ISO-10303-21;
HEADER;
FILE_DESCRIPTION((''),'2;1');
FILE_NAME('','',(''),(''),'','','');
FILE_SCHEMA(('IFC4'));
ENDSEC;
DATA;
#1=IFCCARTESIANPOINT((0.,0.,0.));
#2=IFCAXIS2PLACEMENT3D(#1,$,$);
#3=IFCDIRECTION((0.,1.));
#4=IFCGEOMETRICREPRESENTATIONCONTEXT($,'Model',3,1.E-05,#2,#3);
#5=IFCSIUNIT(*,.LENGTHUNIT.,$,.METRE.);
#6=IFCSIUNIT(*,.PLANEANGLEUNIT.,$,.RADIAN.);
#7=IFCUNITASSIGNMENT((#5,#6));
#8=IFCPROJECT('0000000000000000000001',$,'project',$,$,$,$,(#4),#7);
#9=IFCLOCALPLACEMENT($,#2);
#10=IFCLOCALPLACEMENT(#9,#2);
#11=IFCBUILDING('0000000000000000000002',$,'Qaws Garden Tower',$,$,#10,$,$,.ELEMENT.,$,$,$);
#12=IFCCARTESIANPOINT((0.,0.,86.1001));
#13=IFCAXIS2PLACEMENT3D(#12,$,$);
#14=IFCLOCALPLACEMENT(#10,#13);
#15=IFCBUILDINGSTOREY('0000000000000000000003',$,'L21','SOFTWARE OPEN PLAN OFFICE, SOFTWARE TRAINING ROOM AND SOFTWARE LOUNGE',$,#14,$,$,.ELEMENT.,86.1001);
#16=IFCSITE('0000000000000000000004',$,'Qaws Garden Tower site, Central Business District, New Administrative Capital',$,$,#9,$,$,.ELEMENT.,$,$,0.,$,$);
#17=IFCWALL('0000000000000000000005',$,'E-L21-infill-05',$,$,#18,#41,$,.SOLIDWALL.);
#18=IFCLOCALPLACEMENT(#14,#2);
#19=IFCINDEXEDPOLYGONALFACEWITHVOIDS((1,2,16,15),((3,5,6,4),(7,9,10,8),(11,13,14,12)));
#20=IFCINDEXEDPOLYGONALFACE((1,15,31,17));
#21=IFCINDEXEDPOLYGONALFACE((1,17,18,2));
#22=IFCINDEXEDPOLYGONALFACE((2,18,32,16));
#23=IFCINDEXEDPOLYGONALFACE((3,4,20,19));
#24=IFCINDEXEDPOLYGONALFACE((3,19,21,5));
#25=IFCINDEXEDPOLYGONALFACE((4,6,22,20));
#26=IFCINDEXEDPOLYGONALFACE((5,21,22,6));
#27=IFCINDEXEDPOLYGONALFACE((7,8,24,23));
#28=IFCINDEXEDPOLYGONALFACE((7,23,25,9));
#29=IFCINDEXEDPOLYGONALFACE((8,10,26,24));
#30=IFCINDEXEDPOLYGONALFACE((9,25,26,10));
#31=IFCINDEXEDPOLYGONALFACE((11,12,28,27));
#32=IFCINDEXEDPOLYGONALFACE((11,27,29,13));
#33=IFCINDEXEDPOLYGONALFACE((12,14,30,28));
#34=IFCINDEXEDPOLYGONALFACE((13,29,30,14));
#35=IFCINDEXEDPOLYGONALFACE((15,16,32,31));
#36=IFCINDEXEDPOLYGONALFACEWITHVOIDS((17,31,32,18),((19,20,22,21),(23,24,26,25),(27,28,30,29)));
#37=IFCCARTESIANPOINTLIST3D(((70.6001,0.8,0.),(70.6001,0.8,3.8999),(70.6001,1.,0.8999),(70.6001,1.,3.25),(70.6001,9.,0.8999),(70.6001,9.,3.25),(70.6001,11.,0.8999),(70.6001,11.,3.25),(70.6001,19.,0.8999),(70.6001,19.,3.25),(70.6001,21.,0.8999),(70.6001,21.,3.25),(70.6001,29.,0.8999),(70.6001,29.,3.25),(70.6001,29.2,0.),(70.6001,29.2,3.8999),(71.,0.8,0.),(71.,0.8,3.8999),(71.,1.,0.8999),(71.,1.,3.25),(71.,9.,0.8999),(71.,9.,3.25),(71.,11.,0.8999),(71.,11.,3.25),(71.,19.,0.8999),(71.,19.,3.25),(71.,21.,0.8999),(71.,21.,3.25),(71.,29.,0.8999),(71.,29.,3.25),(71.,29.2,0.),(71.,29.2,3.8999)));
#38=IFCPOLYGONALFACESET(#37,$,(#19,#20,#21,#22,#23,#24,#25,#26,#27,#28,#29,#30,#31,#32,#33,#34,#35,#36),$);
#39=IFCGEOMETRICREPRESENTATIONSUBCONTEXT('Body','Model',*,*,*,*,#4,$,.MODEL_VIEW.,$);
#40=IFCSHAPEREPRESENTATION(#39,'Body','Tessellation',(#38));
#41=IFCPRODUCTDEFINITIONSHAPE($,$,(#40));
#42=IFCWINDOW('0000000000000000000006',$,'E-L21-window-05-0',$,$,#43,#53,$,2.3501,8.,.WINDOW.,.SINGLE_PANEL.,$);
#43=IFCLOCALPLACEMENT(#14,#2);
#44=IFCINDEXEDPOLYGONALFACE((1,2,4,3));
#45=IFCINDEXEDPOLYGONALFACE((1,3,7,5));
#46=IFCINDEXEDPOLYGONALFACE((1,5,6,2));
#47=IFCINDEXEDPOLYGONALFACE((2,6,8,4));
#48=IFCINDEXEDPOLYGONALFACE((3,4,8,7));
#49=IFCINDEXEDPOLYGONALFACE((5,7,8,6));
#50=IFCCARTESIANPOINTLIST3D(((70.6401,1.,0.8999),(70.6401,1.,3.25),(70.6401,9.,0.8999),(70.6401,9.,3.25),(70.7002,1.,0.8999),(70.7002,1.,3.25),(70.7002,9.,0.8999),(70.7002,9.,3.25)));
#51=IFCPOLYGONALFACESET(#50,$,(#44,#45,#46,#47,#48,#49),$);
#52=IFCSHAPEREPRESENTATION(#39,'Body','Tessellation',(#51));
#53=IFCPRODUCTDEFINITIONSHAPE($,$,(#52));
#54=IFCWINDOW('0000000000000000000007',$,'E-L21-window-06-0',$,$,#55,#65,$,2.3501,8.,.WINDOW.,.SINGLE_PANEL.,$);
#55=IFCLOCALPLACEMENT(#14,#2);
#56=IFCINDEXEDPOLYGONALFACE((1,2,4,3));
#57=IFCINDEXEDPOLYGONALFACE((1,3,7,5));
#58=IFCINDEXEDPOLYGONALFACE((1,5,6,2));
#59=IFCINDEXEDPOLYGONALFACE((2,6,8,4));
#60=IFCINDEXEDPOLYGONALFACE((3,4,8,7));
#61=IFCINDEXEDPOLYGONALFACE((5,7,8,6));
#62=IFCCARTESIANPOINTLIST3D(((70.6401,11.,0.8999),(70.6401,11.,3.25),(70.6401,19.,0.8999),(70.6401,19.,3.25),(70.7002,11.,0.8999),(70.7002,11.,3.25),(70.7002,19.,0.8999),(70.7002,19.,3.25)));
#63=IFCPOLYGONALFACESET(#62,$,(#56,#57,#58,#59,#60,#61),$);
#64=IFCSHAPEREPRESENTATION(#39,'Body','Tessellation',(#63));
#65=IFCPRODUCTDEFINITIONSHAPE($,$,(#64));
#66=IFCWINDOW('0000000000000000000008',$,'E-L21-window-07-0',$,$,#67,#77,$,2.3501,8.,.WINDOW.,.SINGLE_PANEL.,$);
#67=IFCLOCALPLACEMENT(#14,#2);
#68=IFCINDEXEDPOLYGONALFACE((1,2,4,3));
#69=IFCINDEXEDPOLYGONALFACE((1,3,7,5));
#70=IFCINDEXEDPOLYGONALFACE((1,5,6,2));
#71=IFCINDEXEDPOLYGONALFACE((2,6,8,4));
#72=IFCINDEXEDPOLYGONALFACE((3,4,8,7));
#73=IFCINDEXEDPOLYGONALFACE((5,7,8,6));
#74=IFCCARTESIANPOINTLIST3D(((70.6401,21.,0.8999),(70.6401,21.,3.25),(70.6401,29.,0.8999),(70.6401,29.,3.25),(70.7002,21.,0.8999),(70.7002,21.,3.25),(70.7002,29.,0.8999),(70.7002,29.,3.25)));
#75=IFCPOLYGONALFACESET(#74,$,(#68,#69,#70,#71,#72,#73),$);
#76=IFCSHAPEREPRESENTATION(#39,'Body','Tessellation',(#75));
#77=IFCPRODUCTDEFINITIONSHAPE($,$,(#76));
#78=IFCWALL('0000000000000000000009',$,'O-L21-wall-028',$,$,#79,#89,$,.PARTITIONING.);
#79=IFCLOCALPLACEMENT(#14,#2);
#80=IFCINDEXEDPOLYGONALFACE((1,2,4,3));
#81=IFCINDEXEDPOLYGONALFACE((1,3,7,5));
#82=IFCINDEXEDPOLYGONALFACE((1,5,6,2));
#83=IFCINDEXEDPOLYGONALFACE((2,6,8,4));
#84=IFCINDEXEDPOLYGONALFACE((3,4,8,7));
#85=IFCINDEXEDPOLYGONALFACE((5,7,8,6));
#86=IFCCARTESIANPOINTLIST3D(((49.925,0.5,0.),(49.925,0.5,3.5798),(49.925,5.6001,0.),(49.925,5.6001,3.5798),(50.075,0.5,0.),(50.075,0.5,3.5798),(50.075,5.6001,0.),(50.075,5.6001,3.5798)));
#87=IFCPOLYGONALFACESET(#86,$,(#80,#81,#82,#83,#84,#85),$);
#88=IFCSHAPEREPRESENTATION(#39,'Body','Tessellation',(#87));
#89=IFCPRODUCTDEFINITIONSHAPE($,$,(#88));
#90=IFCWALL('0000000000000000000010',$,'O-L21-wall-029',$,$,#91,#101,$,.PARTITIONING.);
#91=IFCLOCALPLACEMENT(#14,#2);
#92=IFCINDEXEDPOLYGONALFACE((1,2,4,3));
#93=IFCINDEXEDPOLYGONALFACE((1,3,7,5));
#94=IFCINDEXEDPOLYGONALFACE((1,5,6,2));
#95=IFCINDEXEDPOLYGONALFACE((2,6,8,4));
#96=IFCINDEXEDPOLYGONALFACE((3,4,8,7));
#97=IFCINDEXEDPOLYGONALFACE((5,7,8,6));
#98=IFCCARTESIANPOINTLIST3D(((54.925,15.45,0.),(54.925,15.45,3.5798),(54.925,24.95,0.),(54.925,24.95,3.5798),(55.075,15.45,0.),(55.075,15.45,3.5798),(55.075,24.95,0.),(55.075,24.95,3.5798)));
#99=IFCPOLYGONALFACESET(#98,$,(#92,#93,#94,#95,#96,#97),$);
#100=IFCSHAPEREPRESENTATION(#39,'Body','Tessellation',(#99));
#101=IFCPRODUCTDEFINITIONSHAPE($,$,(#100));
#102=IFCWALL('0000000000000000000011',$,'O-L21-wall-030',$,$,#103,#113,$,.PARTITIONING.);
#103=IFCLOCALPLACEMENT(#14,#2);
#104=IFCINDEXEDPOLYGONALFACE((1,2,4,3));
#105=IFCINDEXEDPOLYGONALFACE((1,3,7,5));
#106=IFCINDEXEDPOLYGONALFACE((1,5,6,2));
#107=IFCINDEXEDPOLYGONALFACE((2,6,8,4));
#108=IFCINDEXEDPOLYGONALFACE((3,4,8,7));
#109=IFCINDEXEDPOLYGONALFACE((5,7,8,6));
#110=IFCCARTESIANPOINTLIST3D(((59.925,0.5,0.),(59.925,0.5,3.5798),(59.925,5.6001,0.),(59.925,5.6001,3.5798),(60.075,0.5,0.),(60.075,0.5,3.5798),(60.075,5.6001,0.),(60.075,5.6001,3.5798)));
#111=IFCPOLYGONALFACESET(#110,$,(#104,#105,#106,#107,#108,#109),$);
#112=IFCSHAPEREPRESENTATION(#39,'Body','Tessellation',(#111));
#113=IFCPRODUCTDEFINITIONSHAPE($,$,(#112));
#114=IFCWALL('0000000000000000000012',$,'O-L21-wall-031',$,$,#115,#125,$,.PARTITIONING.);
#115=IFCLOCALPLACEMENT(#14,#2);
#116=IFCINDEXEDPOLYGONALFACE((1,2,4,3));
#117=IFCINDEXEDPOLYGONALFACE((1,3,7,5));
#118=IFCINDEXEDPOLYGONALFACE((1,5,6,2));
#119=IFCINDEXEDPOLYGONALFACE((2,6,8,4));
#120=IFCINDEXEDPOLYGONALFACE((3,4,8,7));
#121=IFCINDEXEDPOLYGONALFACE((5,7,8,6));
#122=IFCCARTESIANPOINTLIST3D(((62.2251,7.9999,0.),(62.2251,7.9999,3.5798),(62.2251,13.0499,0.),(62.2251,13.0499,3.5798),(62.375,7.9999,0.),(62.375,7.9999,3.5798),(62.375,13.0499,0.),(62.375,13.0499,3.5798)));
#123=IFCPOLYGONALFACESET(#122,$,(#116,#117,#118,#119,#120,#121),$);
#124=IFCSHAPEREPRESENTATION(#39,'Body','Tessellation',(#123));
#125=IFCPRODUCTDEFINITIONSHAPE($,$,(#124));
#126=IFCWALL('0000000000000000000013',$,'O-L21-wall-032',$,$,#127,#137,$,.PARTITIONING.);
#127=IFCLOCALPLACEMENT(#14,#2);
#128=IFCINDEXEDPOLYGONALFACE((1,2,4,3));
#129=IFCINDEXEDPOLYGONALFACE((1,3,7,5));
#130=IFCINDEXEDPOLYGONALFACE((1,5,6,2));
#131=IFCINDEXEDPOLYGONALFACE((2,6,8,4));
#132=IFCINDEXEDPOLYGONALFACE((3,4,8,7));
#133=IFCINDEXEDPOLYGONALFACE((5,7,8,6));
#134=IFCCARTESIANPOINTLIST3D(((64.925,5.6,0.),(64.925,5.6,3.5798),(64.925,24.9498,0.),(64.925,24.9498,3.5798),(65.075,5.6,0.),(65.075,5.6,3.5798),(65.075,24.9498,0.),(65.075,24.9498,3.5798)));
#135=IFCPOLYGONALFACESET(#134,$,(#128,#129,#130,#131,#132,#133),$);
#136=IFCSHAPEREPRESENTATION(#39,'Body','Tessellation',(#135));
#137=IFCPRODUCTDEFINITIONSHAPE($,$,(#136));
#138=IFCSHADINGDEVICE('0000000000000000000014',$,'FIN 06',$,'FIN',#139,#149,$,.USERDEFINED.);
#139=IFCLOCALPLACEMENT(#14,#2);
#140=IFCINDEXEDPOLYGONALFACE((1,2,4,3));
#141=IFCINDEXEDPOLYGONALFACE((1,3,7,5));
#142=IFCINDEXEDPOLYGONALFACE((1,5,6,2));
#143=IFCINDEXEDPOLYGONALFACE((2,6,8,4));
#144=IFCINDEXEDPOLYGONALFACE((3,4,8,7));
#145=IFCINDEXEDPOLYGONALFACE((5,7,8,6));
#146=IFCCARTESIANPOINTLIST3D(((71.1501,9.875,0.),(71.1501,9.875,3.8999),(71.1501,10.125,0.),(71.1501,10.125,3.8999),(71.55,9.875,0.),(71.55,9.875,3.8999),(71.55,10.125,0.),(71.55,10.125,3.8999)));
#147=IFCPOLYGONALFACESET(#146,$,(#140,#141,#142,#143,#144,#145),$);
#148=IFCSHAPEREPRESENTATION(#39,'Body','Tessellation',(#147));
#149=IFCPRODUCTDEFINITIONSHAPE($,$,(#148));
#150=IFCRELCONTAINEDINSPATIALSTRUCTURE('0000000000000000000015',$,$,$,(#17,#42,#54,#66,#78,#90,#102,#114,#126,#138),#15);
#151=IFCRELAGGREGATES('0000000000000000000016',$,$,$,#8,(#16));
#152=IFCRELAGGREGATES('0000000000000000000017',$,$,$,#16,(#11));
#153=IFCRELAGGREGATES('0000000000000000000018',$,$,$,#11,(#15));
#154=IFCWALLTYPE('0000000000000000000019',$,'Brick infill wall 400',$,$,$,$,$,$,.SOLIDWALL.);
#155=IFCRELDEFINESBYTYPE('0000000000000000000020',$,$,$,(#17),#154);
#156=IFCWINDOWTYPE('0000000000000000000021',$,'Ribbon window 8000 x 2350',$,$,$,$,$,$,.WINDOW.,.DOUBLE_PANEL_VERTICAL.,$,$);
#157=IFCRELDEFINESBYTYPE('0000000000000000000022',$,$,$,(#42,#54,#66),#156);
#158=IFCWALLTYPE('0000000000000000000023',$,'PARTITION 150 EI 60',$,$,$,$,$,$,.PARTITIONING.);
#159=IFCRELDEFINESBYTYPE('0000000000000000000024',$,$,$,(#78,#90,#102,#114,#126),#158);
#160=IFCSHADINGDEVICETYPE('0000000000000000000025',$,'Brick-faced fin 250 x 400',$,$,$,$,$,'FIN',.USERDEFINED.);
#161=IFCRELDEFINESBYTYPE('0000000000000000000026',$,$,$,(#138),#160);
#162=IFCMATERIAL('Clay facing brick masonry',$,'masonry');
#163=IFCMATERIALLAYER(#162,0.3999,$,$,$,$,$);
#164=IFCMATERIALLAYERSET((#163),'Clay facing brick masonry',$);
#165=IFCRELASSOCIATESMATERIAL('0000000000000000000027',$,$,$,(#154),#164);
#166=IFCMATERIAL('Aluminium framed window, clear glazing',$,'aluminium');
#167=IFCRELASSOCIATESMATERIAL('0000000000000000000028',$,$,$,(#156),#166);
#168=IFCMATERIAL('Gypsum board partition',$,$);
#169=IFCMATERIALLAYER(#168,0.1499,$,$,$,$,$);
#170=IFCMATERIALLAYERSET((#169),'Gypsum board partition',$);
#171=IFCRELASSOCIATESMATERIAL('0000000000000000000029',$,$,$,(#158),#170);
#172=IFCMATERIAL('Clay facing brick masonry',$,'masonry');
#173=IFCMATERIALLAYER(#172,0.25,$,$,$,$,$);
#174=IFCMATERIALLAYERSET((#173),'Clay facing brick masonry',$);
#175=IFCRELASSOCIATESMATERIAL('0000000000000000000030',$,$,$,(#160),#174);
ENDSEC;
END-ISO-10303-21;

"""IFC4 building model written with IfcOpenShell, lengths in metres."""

from ifc_helpers import new_model, si_unit, direction, frame, frame_2d, origin, origin_2d, place, context, subcontext, project, spatial, rectangle, extrude, material, layer, layer_set, type_object, element, fill, save


model = new_model("IFC4")

# Units and contexts
model_context = context("Model", 3, precision=1e-05, world=origin(), true_north=direction((0.0, 1.0)))
body_context = subcontext(model_context, "Body", "Model", "MODEL_VIEW")
ifc_project = project(units=[si_unit("LENGTHUNIT", "METRE"), si_unit("PLANEANGLEUNIT", "RADIAN")], contexts=[model_context])

# Site, building, storey
site_placement = place(None, origin())
site = spatial("IfcSite", under=ifc_project, at=site_placement, Name="Qaws Garden Tower site, Central Business District, New Administrative Capital", CompositionType="ELEMENT", RefElevation=0.0)
building_placement = place(site_placement, origin())
building = spatial("IfcBuilding", under=site, at=building_placement, Name="Qaws Garden Tower", CompositionType="ELEMENT")
storey_placement = place(building_placement, frame((0.0, 0.0, 86.1001)))
storey = spatial("IfcBuildingStorey", under=building, at=storey_placement, Name="L21", Description="SOFTWARE OPEN PLAN OFFICE, SOFTWARE TRAINING ROOM AND SOFTWARE LOUNGE", CompositionType="ELEMENT", Elevation=86.1001)

# Wall, openings, windows
ifc_material_1 = material(Name="Clay facing brick masonry", Category="masonry")
ifc_layer_1 = layer(ifc_material_1, 0.3999)
ifc_layer_set_1 = layer_set([ifc_layer_1], Name="Clay facing brick masonry")
wall_type_1 = type_object("IfcWallType", Name="Brick infill wall 400", PredefinedType="SOLIDWALL", material=ifc_layer_set_1)
wall_1_placement = place(storey_placement, frame((70.8, 0.8, 0.0), z_axis=(0.0, 0.0, 1.0), x_axis=(0.0, 1.0, 0.0)))
wall_1 = element("IfcWall", 1, at=wall_1_placement, inside=storey, type_object=wall_type_1, Name="E-L21-infill-05", PredefinedType="SOLIDWALL", context=body_context, shape_type="SweptSolid", body=[
    extrude(rectangle(XDim=28.3999, YDim=0.3999, at=frame_2d((14.2, 0.0))), origin(), (0.0, 0.0, 1.0), 3.8999),
])
opening_1_placement = place(wall_1_placement, frame((0.2, 0.0, 0.8999)))
opening_1 = element("IfcOpeningElement", 2, at=opening_1_placement, cuts=wall_1, PredefinedType="OPENING", context=body_context, shape_type="SweptSolid", body=[
    extrude(rectangle(XDim=8.0, YDim=2.3501, at=frame_2d((4.0, 1.175))), frame((0.0, 0.21, 0.0), z_axis=(0.0, -1.0, 0.0), x_axis=(1.0, 0.0, 0.0)), (0.0, 0.0, 1.0), 0.4199),
])
opening_2_placement = place(wall_1_placement, frame((10.2, 0.0, 0.8999)))
opening_2 = element("IfcOpeningElement", 3, at=opening_2_placement, cuts=wall_1, PredefinedType="OPENING", context=body_context, shape_type="SweptSolid", body=[
    extrude(rectangle(XDim=8.0, YDim=2.3501, at=frame_2d((4.0, 1.175))), frame((0.0, 0.21, 0.0), z_axis=(0.0, -1.0, 0.0), x_axis=(1.0, 0.0, 0.0)), (0.0, 0.0, 1.0), 0.4199),
])
opening_3_placement = place(wall_1_placement, frame((20.2, 0.0, 0.8999)))
opening_3 = element("IfcOpeningElement", 4, at=opening_3_placement, cuts=wall_1, PredefinedType="OPENING", context=body_context, shape_type="SweptSolid", body=[
    extrude(rectangle(XDim=8.0, YDim=2.3501, at=frame_2d((4.0, 1.175))), frame((0.0, 0.21, 0.0), z_axis=(0.0, -1.0, 0.0), x_axis=(1.0, 0.0, 0.0)), (0.0, 0.0, 1.0), 0.4199),
])
ifc_material_2 = material(Name="Aluminium framed window, clear glazing", Category="aluminium")
window_type = type_object("IfcWindowType", Name="Ribbon window 8000 x 2350", PartitioningType="DOUBLE_PANEL_VERTICAL", PredefinedType="WINDOW", material=ifc_material_2)
window_1_placement = place(opening_1_placement, origin())
window_1 = element("IfcWindow", 5, at=window_1_placement, inside=storey, type_object=window_type, Name="E-L21-window-05-0", OverallHeight=2.3501, OverallWidth=8.0, PartitioningType="SINGLE_PANEL", PredefinedType="WINDOW", context=body_context, shape_type="SweptSolid", body=[
    extrude(rectangle(XDim=8.0, YDim=2.3501, at=frame_2d((4.0, 1.175))), frame((0.0, 0.1599, 0.0), z_axis=(0.0, -1.0, 0.0), x_axis=(1.0, 0.0, 0.0)), (0.0, 0.0, 1.0), 0.0601),
])
fill(opening_1, window_1)
window_2_placement = place(opening_2_placement, origin())
window_2 = element("IfcWindow", 6, at=window_2_placement, inside=storey, type_object=window_type, Name="E-L21-window-06-0", OverallHeight=2.3501, OverallWidth=8.0, PartitioningType="SINGLE_PANEL", PredefinedType="WINDOW", context=body_context, shape_type="SweptSolid", body=[
    extrude(rectangle(XDim=8.0, YDim=2.3501, at=frame_2d((4.0, 1.175))), frame((0.0, 0.1599, 0.0), z_axis=(0.0, -1.0, 0.0), x_axis=(1.0, 0.0, 0.0)), (0.0, 0.0, 1.0), 0.0601),
])
fill(opening_2, window_2)
window_3_placement = place(opening_3_placement, origin())
window_3 = element("IfcWindow", 7, at=window_3_placement, inside=storey, type_object=window_type, Name="E-L21-window-07-0", OverallHeight=2.3501, OverallWidth=8.0, PartitioningType="SINGLE_PANEL", PredefinedType="WINDOW", context=body_context, shape_type="SweptSolid", body=[
    extrude(rectangle(XDim=8.0, YDim=2.3501, at=frame_2d((4.0, 1.175))), frame((0.0, 0.1599, 0.0), z_axis=(0.0, -1.0, 0.0), x_axis=(1.0, 0.0, 0.0)), (0.0, 0.0, 1.0), 0.0601),
])
fill(opening_3, window_3)

# Walls
ifc_material_3 = material(Name="Gypsum board partition")
ifc_layer_2 = layer(ifc_material_3, 0.1499)
ifc_layer_set_2 = layer_set([ifc_layer_2], Name="Gypsum board partition")
wall_type_2 = type_object("IfcWallType", Name="PARTITION 150 EI 60", PredefinedType="PARTITIONING", material=ifc_layer_set_2)
wall_2_placement = place(storey_placement, frame((50.0, 0.5, 0.0), z_axis=(0.0, 0.0, 1.0), x_axis=(0.0, 1.0, 0.0)))
element("IfcWall", 8, at=wall_2_placement, inside=storey, type_object=wall_type_2, Name="O-L21-wall-028", PredefinedType="PARTITIONING", context=body_context, shape_type="SweptSolid", body=[
    extrude(rectangle(XDim=5.1001, YDim=0.1499, at=frame_2d((2.55, 0.0))), origin(), (0.0, 0.0, 1.0), 3.5798),
])
wall_3_placement = place(storey_placement, frame((55.0, 15.45, 0.0), z_axis=(0.0, 0.0, 1.0), x_axis=(0.0, 1.0, 0.0)))
element("IfcWall", 9, at=wall_3_placement, inside=storey, type_object=wall_type_2, Name="O-L21-wall-029", PredefinedType="PARTITIONING", context=body_context, shape_type="SweptSolid", body=[
    extrude(rectangle(XDim=9.5, YDim=0.1499, at=frame_2d((4.75, 0.0))), origin(), (0.0, 0.0, 1.0), 3.5798),
])
wall_4_placement = place(storey_placement, frame((60.0, 0.5, 0.0), z_axis=(0.0, 0.0, 1.0), x_axis=(0.0, 1.0, 0.0)))
element("IfcWall", 10, at=wall_4_placement, inside=storey, type_object=wall_type_2, Name="O-L21-wall-030", PredefinedType="PARTITIONING", context=body_context, shape_type="SweptSolid", body=[
    extrude(rectangle(XDim=5.1001, YDim=0.1499, at=frame_2d((2.55, 0.0))), origin(), (0.0, 0.0, 1.0), 3.5798),
])
wall_5_placement = place(storey_placement, frame((62.3, 8.0, 0.0), z_axis=(0.0, 0.0, 1.0), x_axis=(0.0, 1.0, 0.0)))
element("IfcWall", 11, at=wall_5_placement, inside=storey, type_object=wall_type_2, Name="O-L21-wall-031", PredefinedType="PARTITIONING", context=body_context, shape_type="SweptSolid", body=[
    extrude(rectangle(XDim=5.05, YDim=0.1499, at=frame_2d((2.5249, 0.0))), origin(), (0.0, 0.0, 1.0), 3.5798),
])
wall_6_placement = place(storey_placement, frame((65.0, 5.6001, 0.0), z_axis=(0.0, 0.0, 1.0), x_axis=(0.0, 1.0, 0.0)))
element("IfcWall", 12, at=wall_6_placement, inside=storey, type_object=wall_type_2, Name="O-L21-wall-032", PredefinedType="PARTITIONING", context=body_context, shape_type="SweptSolid", body=[
    extrude(rectangle(XDim=19.3499, YDim=0.1499, at=frame_2d((9.6748, 0.0))), origin(), (0.0, 0.0, 1.0), 3.5798),
])

# Shading device
ifc_material_4 = material(Name="Clay facing brick masonry", Category="masonry")
ifc_layer_3 = layer(ifc_material_4, 0.25)
ifc_layer_set_3 = layer_set([ifc_layer_3], Name="Clay facing brick masonry")
shading_device_type = type_object("IfcShadingDeviceType", Name="Brick-faced fin 250 x 400", ElementType="FIN", PredefinedType="USERDEFINED", material=ifc_layer_set_3)
shading_device_placement = place(storey_placement, frame((71.3501, 10.0, 0.0), z_axis=(0.0, 0.0, 1.0), x_axis=(0.0, 1.0, 0.0)))
element("IfcShadingDevice", 13, at=shading_device_placement, inside=storey, type_object=shading_device_type, Name="FIN 06", ObjectType="FIN", PredefinedType="USERDEFINED", context=body_context, shape_type="SweptSolid", body=[
    extrude(rectangle(XDim=0.25, YDim=0.3999, at=origin_2d()), origin(), (0.0, 0.0, 1.0), 3.8999),
])

save(model, "model.ifc")
